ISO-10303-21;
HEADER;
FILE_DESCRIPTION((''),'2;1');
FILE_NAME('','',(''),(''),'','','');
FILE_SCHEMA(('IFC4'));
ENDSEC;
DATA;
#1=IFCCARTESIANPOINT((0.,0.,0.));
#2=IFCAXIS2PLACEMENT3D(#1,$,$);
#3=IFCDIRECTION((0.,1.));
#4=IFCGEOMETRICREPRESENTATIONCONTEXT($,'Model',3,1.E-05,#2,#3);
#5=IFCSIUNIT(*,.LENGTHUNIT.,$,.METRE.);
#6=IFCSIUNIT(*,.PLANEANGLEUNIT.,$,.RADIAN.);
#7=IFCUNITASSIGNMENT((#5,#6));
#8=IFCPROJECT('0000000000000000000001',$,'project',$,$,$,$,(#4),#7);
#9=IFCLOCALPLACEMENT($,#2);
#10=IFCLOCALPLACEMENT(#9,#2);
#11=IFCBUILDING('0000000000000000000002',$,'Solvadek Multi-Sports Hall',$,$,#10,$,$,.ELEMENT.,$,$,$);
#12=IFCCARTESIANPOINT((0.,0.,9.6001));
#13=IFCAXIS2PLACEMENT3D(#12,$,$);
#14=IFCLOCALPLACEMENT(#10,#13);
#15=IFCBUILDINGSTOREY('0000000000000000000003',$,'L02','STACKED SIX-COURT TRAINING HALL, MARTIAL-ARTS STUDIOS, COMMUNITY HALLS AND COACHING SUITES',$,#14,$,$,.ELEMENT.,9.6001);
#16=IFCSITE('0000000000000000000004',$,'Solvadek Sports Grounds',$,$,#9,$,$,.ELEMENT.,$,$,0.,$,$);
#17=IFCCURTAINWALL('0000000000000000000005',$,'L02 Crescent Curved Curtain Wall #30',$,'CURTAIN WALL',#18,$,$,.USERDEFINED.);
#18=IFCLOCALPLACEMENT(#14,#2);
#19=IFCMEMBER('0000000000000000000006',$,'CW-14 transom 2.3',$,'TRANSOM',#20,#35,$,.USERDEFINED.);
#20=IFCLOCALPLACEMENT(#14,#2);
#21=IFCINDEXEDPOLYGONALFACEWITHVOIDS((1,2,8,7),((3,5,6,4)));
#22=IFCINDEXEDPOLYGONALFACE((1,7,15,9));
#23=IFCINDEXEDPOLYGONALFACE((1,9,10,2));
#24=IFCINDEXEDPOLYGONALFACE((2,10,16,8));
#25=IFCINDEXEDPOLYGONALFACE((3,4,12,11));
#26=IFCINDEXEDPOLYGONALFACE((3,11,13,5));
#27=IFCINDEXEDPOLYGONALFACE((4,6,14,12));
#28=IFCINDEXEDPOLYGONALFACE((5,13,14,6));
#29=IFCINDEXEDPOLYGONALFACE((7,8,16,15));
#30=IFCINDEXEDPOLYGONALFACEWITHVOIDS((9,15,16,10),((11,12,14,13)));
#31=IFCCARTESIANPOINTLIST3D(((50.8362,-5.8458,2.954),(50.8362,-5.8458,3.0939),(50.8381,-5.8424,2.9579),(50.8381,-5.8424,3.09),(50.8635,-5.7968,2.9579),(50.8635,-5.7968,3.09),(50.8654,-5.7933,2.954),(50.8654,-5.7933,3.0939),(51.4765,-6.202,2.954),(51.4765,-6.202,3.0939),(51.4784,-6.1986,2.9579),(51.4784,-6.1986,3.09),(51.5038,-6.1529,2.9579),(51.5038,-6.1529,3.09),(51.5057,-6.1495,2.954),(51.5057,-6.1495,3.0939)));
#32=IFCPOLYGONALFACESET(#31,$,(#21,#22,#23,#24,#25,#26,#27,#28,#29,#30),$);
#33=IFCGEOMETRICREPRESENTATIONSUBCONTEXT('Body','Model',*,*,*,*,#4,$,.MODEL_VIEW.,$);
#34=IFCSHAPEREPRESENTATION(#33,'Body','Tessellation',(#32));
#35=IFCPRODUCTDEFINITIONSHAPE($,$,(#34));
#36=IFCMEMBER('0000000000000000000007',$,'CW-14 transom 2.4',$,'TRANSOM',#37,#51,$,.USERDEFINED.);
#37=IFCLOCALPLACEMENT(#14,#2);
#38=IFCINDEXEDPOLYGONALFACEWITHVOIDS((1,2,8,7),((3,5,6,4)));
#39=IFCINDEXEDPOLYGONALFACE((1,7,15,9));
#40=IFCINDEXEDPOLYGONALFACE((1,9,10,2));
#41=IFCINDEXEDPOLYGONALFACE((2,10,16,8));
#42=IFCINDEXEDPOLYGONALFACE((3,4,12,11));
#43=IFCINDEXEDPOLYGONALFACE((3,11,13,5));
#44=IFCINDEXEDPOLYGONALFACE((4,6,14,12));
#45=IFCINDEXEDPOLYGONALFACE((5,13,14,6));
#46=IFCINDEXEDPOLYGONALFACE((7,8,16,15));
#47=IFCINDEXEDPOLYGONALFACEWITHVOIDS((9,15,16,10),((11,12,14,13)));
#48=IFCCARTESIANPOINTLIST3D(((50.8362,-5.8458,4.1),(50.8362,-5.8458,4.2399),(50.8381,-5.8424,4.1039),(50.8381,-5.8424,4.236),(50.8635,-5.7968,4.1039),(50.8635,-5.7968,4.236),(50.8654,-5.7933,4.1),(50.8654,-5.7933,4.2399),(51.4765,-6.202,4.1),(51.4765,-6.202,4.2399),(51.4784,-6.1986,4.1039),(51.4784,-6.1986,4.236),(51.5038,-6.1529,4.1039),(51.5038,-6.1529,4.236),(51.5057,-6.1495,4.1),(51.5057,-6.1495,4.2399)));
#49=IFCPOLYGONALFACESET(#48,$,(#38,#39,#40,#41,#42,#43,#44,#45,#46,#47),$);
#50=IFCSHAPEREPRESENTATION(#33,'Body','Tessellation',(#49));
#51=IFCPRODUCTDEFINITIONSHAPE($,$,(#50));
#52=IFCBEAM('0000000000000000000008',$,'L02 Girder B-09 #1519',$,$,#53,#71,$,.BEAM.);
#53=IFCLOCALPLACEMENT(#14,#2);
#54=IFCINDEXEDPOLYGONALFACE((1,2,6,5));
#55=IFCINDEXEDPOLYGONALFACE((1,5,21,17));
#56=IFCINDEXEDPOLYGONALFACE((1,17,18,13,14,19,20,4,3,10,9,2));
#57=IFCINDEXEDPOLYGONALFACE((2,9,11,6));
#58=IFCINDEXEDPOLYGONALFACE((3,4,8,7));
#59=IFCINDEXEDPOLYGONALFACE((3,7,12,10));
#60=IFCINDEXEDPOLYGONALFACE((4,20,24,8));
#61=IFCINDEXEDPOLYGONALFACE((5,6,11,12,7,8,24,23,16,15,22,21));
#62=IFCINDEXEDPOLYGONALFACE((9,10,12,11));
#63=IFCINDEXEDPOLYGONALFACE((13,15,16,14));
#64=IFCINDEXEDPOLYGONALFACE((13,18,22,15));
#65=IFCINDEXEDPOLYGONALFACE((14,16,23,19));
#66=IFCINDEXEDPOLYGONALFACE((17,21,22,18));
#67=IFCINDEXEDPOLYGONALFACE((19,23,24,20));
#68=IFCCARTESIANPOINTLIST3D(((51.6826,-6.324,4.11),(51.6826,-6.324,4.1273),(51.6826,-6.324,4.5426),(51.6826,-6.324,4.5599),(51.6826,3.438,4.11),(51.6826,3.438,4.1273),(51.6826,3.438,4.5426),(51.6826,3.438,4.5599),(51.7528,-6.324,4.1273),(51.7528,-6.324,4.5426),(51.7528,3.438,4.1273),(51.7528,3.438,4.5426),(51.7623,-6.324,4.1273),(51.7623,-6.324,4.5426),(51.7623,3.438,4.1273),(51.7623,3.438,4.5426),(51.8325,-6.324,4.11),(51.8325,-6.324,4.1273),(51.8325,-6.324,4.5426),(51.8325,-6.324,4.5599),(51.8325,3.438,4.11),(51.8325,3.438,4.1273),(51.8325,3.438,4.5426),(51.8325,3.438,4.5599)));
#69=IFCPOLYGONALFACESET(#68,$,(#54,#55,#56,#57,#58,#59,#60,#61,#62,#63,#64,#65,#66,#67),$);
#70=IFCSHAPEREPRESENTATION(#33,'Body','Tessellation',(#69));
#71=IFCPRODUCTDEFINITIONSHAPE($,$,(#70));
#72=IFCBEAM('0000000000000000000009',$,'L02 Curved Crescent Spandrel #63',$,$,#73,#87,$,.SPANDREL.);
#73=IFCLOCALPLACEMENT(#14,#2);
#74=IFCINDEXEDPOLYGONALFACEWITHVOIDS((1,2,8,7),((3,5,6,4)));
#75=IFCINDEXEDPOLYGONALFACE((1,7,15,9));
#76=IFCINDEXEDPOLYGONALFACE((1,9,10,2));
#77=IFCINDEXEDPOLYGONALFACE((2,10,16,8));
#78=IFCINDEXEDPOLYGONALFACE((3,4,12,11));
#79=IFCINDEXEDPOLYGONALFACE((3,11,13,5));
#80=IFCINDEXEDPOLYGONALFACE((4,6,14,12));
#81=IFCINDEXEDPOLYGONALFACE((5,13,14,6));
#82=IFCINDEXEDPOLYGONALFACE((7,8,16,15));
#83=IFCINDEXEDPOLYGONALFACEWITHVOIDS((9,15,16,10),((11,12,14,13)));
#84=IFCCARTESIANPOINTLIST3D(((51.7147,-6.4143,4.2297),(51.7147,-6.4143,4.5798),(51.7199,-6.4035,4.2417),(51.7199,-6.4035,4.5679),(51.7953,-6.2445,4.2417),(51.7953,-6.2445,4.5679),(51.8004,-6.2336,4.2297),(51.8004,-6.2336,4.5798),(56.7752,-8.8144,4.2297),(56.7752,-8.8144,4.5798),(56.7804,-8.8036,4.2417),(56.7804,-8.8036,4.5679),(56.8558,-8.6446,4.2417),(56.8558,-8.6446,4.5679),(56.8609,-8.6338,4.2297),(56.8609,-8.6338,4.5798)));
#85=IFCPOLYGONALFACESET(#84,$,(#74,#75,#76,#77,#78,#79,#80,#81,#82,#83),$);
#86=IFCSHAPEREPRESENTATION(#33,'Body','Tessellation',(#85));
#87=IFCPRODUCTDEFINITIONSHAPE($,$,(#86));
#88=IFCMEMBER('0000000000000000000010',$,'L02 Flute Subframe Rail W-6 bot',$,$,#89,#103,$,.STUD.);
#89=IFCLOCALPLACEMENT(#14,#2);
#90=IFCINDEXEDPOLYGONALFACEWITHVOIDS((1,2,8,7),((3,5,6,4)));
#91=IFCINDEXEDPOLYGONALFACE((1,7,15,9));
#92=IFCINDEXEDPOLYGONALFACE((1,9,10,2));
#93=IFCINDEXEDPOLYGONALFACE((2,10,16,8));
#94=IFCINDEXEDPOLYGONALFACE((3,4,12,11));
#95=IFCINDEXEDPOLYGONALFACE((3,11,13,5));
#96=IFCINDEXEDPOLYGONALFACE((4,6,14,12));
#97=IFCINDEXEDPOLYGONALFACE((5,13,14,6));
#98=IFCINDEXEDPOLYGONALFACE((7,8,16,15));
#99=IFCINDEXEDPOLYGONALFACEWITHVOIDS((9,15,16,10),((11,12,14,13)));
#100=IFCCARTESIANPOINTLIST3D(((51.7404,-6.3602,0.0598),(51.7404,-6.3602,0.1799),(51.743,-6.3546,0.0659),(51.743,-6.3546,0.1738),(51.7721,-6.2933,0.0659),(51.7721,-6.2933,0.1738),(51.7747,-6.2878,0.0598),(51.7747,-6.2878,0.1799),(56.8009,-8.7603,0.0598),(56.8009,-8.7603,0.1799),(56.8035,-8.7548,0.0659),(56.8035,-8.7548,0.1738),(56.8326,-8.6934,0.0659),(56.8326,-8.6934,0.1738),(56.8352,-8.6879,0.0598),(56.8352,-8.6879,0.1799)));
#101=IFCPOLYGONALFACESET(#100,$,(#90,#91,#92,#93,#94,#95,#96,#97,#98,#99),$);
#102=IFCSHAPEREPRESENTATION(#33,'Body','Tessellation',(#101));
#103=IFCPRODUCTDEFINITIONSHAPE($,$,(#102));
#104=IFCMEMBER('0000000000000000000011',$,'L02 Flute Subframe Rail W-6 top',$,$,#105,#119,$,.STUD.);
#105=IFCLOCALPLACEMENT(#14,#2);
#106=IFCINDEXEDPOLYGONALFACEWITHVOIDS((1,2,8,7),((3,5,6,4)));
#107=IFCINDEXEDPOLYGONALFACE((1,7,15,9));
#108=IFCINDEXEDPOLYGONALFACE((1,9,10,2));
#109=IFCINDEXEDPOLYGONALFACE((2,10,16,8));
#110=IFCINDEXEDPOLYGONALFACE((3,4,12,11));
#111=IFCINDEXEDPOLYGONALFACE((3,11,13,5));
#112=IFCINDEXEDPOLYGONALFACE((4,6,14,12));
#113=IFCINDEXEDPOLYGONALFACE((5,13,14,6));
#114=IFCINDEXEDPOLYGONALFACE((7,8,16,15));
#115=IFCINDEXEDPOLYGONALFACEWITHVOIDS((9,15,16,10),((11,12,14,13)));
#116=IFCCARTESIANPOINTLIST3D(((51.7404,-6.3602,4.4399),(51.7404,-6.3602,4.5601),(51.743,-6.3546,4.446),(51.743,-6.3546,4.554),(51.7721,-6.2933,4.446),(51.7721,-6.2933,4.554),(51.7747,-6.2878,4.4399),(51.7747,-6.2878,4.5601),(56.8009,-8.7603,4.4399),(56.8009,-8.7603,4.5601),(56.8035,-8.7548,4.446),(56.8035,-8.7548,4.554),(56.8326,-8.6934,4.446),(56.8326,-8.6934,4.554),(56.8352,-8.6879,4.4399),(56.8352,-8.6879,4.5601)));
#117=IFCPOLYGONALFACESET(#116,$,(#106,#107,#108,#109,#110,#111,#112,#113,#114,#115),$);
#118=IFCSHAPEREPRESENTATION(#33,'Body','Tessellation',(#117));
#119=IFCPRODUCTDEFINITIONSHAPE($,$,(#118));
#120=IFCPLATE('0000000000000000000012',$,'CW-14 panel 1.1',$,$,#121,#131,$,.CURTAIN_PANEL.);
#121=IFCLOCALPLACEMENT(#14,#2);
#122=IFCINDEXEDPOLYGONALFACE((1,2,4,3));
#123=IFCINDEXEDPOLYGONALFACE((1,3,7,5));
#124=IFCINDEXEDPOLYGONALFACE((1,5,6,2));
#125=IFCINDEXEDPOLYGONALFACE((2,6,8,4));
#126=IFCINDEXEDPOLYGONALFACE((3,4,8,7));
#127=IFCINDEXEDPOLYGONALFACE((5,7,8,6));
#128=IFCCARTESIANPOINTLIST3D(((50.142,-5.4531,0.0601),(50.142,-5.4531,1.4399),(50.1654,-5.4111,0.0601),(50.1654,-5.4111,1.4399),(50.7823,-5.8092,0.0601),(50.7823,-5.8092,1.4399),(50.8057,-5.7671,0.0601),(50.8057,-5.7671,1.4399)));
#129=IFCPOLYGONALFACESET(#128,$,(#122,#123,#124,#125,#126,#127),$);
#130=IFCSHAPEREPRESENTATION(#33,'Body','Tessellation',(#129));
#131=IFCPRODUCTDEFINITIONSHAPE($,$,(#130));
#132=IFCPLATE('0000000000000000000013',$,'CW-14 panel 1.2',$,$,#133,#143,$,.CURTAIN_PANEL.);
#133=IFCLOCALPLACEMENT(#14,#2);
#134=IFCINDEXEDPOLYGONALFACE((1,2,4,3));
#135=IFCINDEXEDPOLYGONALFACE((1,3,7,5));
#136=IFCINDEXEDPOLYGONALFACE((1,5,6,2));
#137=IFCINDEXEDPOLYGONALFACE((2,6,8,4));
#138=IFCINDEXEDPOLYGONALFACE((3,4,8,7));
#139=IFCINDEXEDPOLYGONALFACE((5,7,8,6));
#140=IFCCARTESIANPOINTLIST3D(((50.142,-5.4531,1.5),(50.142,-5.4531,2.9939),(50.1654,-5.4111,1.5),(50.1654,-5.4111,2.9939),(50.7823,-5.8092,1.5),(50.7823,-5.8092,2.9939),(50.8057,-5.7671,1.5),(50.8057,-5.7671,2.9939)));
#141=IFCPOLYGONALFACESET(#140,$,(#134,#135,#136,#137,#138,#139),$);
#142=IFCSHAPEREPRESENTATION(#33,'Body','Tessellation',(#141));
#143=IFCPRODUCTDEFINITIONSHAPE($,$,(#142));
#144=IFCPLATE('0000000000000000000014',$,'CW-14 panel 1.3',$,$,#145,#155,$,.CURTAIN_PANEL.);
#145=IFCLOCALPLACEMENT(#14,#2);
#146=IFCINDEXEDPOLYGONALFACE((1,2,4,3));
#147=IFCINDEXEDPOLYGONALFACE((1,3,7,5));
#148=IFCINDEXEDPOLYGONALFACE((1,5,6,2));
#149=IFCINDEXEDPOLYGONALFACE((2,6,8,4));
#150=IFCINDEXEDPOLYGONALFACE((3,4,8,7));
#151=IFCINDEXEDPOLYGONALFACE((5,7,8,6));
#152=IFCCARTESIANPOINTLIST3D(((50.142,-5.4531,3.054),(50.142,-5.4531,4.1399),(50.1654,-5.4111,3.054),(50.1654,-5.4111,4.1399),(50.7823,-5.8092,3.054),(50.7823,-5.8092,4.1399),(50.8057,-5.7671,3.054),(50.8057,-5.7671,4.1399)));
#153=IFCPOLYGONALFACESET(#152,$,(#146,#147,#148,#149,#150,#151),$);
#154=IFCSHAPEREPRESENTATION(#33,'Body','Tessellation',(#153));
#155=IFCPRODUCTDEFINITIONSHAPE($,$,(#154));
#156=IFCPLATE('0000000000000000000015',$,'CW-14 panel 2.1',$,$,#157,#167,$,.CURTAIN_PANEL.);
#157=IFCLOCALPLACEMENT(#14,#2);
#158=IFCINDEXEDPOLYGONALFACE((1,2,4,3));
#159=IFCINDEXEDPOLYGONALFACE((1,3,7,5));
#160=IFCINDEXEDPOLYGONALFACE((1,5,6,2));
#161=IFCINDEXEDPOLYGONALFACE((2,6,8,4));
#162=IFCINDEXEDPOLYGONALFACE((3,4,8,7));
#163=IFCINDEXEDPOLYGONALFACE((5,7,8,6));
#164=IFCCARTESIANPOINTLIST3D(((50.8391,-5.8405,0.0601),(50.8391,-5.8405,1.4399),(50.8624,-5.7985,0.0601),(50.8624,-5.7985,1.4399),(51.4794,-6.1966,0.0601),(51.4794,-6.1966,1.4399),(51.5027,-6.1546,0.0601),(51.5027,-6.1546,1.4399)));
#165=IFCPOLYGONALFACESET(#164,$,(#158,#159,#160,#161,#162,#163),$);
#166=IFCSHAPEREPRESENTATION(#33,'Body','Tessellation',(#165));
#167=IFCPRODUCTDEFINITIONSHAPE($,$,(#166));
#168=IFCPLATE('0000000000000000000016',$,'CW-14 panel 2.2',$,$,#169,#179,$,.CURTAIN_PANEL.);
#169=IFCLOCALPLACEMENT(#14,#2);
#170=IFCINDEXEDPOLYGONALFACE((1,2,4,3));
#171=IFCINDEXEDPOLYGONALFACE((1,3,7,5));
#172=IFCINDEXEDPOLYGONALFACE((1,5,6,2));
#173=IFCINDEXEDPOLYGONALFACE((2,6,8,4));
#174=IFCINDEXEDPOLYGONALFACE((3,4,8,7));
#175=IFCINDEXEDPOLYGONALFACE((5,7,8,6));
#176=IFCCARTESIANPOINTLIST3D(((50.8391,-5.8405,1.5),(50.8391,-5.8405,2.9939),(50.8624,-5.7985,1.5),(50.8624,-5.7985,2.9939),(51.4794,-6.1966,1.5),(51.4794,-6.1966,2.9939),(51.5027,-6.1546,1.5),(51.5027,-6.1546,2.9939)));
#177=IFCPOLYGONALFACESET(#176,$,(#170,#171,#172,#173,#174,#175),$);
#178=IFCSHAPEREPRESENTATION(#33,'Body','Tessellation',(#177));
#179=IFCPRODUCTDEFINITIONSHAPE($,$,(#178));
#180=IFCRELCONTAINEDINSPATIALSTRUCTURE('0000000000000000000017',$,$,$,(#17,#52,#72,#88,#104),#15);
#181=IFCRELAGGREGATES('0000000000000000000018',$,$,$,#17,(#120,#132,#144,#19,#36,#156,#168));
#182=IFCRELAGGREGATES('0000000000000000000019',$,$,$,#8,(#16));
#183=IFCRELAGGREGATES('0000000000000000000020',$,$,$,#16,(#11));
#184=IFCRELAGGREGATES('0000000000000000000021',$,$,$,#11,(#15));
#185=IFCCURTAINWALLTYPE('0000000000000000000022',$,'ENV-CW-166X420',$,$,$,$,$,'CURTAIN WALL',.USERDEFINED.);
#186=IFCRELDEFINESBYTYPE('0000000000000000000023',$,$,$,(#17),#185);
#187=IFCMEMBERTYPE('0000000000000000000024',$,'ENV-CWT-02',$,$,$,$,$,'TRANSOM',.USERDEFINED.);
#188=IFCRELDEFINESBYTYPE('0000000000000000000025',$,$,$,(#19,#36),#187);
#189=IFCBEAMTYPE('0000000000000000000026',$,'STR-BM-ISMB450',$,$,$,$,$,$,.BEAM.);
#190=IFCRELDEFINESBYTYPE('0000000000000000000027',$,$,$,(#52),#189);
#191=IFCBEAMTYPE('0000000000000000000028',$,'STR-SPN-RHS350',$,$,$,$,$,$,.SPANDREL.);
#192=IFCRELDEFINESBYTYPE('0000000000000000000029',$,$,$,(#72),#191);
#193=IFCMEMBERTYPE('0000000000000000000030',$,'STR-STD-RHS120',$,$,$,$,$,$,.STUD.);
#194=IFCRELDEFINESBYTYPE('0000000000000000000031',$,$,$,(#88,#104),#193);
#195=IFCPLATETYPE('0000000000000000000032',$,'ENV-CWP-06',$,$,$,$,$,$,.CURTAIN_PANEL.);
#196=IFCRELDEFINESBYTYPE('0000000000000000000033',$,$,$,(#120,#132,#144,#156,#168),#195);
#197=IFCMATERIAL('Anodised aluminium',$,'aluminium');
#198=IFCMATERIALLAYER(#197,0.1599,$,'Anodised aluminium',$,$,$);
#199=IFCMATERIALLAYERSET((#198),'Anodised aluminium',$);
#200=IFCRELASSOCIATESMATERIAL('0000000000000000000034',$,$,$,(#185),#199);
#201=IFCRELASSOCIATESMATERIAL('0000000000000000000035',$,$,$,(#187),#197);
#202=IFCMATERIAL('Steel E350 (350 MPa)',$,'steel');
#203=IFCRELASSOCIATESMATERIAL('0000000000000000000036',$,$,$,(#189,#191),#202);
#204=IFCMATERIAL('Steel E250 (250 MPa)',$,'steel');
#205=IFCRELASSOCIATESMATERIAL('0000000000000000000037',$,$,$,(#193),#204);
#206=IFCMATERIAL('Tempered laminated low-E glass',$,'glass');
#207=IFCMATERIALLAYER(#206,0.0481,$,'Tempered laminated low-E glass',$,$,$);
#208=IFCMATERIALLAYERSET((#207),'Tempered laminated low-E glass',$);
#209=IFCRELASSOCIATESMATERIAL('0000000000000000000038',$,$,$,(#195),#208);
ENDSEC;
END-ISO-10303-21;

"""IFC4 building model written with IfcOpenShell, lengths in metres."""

from ifc_helpers import new_model, si_unit, direction, frame, origin, origin_2d, place, context, subcontext, project, spatial, rectangle, hollow_rectangle, i_section, extrude, material, layer, layer_set, material_profile, profile_set, type_object, element, aggregate, save


model = new_model("IFC4")

# Units and contexts
model_context = context("Model", 3, precision=1e-05, world=origin(), true_north=direction((0.0, 1.0)))
body_context = subcontext(model_context, "Body", "Model", "MODEL_VIEW")
ifc_project = project(units=[si_unit("LENGTHUNIT", "METRE"), si_unit("PLANEANGLEUNIT", "RADIAN")], contexts=[model_context])

# Site, building, storey
site_placement = place(None, origin())
site = spatial("IfcSite", under=ifc_project, at=site_placement, Name="Solvadek Sports Grounds", CompositionType="ELEMENT", RefElevation=0.0)
building_placement = place(site_placement, origin())
building = spatial("IfcBuilding", under=site, at=building_placement, Name="Solvadek Multi-Sports Hall", CompositionType="ELEMENT")
storey_placement = place(building_placement, frame((0.0, 0.0, 9.6001)))
storey = spatial("IfcBuildingStorey", under=building, at=storey_placement, Name="L02", Description="STACKED SIX-COURT TRAINING HALL, MARTIAL-ARTS STUDIOS, COMMUNITY HALLS AND COACHING SUITES", CompositionType="ELEMENT", Elevation=9.6001)

# Shared definitions
ifc_material_1 = material(Name="Steel E350 (350 MPa)", Category="steel")

# Curtain wall, members
ifc_material_2 = material(Name="Anodised aluminium", Category="aluminium")
ifc_layer_1 = layer(ifc_material_2, 0.1599, Name="Anodised aluminium")
ifc_layer_set_1 = layer_set([ifc_layer_1], Name="Anodised aluminium")
curtain_wall_type = type_object("IfcCurtainWallType", Name="ENV-CW-166X420", ElementType="CURTAIN WALL", PredefinedType="USERDEFINED", material=ifc_layer_set_1)
curtain_wall_placement = place(storey_placement, origin())
curtain_wall = element("IfcCurtainWall", 1, at=curtain_wall_placement, inside=storey, type_object=curtain_wall_type, Name="L02 Crescent Curved Curtain Wall #30", ObjectType="CURTAIN WALL", PredefinedType="USERDEFINED")
ifc_material_profile_1 = material_profile(ifc_material_2, hollow_rectangle(XDim=0.0601, YDim=0.1399, WallThickness=0.0039, at=origin_2d()), Name="ALU-T 140x60x4")
ifc_profile_set_1 = profile_set([ifc_material_profile_1], Name="Anodised aluminium")
member_type_1 = type_object("IfcMemberType", Name="ENV-CWT-02", ElementType="TRANSOM", PredefinedType="USERDEFINED", material=ifc_profile_set_1)
member_1_placement = place(storey_placement, frame((50.8508, -5.8196, 3.0239), z_axis=(0.873906, -0.486095, 0.0), x_axis=(0.486095, 0.873906, 0.0)))
member_1 = element("IfcMember", 2, at=member_1_placement, type_object=member_type_1, Name="CW-14 transom 2.3", ObjectType="TRANSOM", PredefinedType="USERDEFINED", context=body_context, shape_type="SweptSolid", body=[
    extrude(hollow_rectangle(XDim=0.0601, YDim=0.1399, WallThickness=0.0039, at=origin_2d()), origin(), (0.0, 0.0, 1.0), 0.7327),
])
member_2_placement = place(storey_placement, frame((50.8508, -5.8196, 4.1699), z_axis=(0.873906, -0.486095, 0.0), x_axis=(0.486095, 0.873906, 0.0)))
member_2 = element("IfcMember", 3, at=member_2_placement, type_object=member_type_1, Name="CW-14 transom 2.4", ObjectType="TRANSOM", PredefinedType="USERDEFINED", context=body_context, shape_type="SweptSolid", body=[
    extrude(hollow_rectangle(XDim=0.0601, YDim=0.1399, WallThickness=0.0039, at=origin_2d()), origin(), (0.0, 0.0, 1.0), 0.7327),
])

# Beams
ifc_material_profile_2 = material_profile(ifc_material_1, i_section(OverallWidth=0.1499, OverallDepth=0.45, WebThickness=0.0095, FlangeThickness=0.0173, at=origin_2d()), Name="ISMB 450")
ifc_profile_set_2 = profile_set([ifc_material_profile_2], Name="Steel E350 (350 MPa)")
beam_type_1 = type_object("IfcBeamType", Name="STR-BM-ISMB450", PredefinedType="BEAM", material=ifc_profile_set_2)
beam_1_placement = place(storey_placement, frame((51.7576, -6.324, 4.335), z_axis=(0.0, 1.0, 0.0), x_axis=(-1.0, 0.0, 0.0)))
element("IfcBeam", 4, at=beam_1_placement, inside=storey, type_object=beam_type_1, Name="L02 Girder B-09 #1519", PredefinedType="BEAM", context=body_context, shape_type="SweptSolid", body=[
    extrude(i_section(OverallWidth=0.1499, OverallDepth=0.45, WebThickness=0.0095, FlangeThickness=0.0173, at=origin_2d()), origin(), (0.0, 0.0, 1.0), 9.762),
])
ifc_material_profile_3 = material_profile(ifc_material_1, hollow_rectangle(XDim=0.2, YDim=0.3501, WallThickness=0.012, at=origin_2d()), Name="RHS 350x200x12")
ifc_profile_set_3 = profile_set([ifc_material_profile_3], Name="Steel E350 (350 MPa)")
beam_type_2 = type_object("IfcBeamType", Name="STR-SPN-RHS350", PredefinedType="SPANDREL", material=ifc_profile_set_3)
beam_2_placement = place(storey_placement, frame((51.7576, -6.324, 4.4048), z_axis=(0.903527, -0.42853, 0.0), x_axis=(0.42853, 0.903527, 0.0)))
element("IfcBeam", 5, at=beam_2_placement, inside=storey, type_object=beam_type_2, Name="L02 Curved Crescent Spandrel #63", PredefinedType="SPANDREL", context=body_context, shape_type="SweptSolid", body=[
    extrude(hollow_rectangle(XDim=0.2, YDim=0.3501, WallThickness=0.012, at=origin_2d()), origin(), (0.0, 0.0, 1.0), 5.6008),
])

# Members
ifc_material_3 = material(Name="Steel E250 (250 MPa)", Category="steel")
ifc_material_profile_4 = material_profile(ifc_material_3, hollow_rectangle(XDim=0.0801, YDim=0.1201, WallThickness=0.0061, at=origin_2d()), Name="RHS 120x80x6")
ifc_profile_set_4 = profile_set([ifc_material_profile_4], Name="Steel E250 (250 MPa)")
member_type_2 = type_object("IfcMemberType", Name="STR-STD-RHS120", PredefinedType="STUD", material=ifc_profile_set_4)
for number, where, z_axis, x_axis, name in (
    (6, (51.7576, -6.324, 0.1199), (0.903527, -0.42853, 0.0), (0.42853, 0.903527, 0.0), "L02 Flute Subframe Rail W-6 bot"),
    (7, (51.7576, -6.324, 4.5), (0.903527, -0.42853, 0.0), (0.42853, 0.903527, 0.0), "L02 Flute Subframe Rail W-6 top"),
):
    element("IfcMember", number, at=place(storey_placement, frame(where, z_axis=z_axis, x_axis=x_axis)), inside=storey, type_object=member_type_2, Name=name, PredefinedType="STUD", context=body_context, shape_type="SweptSolid", body=[
        extrude(hollow_rectangle(XDim=0.0801, YDim=0.1201, WallThickness=0.0061, at=origin_2d()), origin(), (0.0, 0.0, 1.0), 5.6008),
    ])

# Plates
ifc_material_4 = material(Name="Tempered laminated low-E glass", Category="glass")
ifc_layer_2 = layer(ifc_material_4, 0.0481, Name="Tempered laminated low-E glass")
ifc_layer_set_2 = layer_set([ifc_layer_2], Name="Tempered laminated low-E glass")
plate_type_1 = type_object("IfcPlateType", Name="ENV-CWP-06", PredefinedType="CURTAIN_PANEL", material=ifc_layer_set_2)
plate_1_placement = place(storey_placement, frame((50.4739, -5.6101, 0.0601), z_axis=(0.0, 0.0, 1.0), x_axis=(0.873955, -0.486006, 0.0)))
plate_1 = element("IfcPlate", 8, at=plate_1_placement, type_object=plate_type_1, Name="CW-14 panel 1.1", PredefinedType="CURTAIN_PANEL", context=body_context, shape_type="SweptSolid", body=[
    extrude(rectangle(XDim=0.7327, YDim=0.0481, at=origin_2d()), origin(), (0.0, 0.0, 1.0), 1.3799),
])
plate_2_placement = place(storey_placement, frame((50.4739, -5.6101, 1.5), z_axis=(0.0, 0.0, 1.0), x_axis=(0.873955, -0.486006, 0.0)))
plate_2 = element("IfcPlate", 9, at=plate_2_placement, type_object=plate_type_1, Name="CW-14 panel 1.2", PredefinedType="CURTAIN_PANEL", context=body_context, shape_type="SweptSolid", body=[
    extrude(rectangle(XDim=0.7327, YDim=0.0481, at=origin_2d()), origin(), (0.0, 0.0, 1.0), 1.4939),
])
plate_3_placement = place(storey_placement, frame((50.4739, -5.6101, 3.054), z_axis=(0.0, 0.0, 1.0), x_axis=(0.873955, -0.486006, 0.0)))
plate_3 = element("IfcPlate", 10, at=plate_3_placement, type_object=plate_type_1, Name="CW-14 panel 1.3", PredefinedType="CURTAIN_PANEL", context=body_context, shape_type="SweptSolid", body=[
    extrude(rectangle(XDim=0.7327, YDim=0.0481, at=origin_2d()), origin(), (0.0, 0.0, 1.0), 1.0859),
])
plate_4_placement = place(storey_placement, frame((51.1709, -5.9976, 0.0601), z_axis=(0.0, 0.0, 1.0), x_axis=(0.873955, -0.486006, 0.0)))
plate_4 = element("IfcPlate", 11, at=plate_4_placement, type_object=plate_type_1, Name="CW-14 panel 2.1", PredefinedType="CURTAIN_PANEL", context=body_context, shape_type="SweptSolid", body=[
    extrude(rectangle(XDim=0.7327, YDim=0.0481, at=origin_2d()), origin(), (0.0, 0.0, 1.0), 1.3799),
])
plate_5_placement = place(storey_placement, frame((51.1709, -5.9976, 1.5), z_axis=(0.0, 0.0, 1.0), x_axis=(0.873955, -0.486006, 0.0)))
plate_5 = element("IfcPlate", 12, at=plate_5_placement, type_object=plate_type_1, Name="CW-14 panel 2.2", PredefinedType="CURTAIN_PANEL", context=body_context, shape_type="SweptSolid", body=[
    extrude(rectangle(XDim=0.7327, YDim=0.0481, at=origin_2d()), origin(), (0.0, 0.0, 1.0), 1.4939),
])
aggregate(curtain_wall, [plate_1, plate_2, plate_3, member_1, member_2, plate_4, plate_5])

save(model, "model.ifc")
